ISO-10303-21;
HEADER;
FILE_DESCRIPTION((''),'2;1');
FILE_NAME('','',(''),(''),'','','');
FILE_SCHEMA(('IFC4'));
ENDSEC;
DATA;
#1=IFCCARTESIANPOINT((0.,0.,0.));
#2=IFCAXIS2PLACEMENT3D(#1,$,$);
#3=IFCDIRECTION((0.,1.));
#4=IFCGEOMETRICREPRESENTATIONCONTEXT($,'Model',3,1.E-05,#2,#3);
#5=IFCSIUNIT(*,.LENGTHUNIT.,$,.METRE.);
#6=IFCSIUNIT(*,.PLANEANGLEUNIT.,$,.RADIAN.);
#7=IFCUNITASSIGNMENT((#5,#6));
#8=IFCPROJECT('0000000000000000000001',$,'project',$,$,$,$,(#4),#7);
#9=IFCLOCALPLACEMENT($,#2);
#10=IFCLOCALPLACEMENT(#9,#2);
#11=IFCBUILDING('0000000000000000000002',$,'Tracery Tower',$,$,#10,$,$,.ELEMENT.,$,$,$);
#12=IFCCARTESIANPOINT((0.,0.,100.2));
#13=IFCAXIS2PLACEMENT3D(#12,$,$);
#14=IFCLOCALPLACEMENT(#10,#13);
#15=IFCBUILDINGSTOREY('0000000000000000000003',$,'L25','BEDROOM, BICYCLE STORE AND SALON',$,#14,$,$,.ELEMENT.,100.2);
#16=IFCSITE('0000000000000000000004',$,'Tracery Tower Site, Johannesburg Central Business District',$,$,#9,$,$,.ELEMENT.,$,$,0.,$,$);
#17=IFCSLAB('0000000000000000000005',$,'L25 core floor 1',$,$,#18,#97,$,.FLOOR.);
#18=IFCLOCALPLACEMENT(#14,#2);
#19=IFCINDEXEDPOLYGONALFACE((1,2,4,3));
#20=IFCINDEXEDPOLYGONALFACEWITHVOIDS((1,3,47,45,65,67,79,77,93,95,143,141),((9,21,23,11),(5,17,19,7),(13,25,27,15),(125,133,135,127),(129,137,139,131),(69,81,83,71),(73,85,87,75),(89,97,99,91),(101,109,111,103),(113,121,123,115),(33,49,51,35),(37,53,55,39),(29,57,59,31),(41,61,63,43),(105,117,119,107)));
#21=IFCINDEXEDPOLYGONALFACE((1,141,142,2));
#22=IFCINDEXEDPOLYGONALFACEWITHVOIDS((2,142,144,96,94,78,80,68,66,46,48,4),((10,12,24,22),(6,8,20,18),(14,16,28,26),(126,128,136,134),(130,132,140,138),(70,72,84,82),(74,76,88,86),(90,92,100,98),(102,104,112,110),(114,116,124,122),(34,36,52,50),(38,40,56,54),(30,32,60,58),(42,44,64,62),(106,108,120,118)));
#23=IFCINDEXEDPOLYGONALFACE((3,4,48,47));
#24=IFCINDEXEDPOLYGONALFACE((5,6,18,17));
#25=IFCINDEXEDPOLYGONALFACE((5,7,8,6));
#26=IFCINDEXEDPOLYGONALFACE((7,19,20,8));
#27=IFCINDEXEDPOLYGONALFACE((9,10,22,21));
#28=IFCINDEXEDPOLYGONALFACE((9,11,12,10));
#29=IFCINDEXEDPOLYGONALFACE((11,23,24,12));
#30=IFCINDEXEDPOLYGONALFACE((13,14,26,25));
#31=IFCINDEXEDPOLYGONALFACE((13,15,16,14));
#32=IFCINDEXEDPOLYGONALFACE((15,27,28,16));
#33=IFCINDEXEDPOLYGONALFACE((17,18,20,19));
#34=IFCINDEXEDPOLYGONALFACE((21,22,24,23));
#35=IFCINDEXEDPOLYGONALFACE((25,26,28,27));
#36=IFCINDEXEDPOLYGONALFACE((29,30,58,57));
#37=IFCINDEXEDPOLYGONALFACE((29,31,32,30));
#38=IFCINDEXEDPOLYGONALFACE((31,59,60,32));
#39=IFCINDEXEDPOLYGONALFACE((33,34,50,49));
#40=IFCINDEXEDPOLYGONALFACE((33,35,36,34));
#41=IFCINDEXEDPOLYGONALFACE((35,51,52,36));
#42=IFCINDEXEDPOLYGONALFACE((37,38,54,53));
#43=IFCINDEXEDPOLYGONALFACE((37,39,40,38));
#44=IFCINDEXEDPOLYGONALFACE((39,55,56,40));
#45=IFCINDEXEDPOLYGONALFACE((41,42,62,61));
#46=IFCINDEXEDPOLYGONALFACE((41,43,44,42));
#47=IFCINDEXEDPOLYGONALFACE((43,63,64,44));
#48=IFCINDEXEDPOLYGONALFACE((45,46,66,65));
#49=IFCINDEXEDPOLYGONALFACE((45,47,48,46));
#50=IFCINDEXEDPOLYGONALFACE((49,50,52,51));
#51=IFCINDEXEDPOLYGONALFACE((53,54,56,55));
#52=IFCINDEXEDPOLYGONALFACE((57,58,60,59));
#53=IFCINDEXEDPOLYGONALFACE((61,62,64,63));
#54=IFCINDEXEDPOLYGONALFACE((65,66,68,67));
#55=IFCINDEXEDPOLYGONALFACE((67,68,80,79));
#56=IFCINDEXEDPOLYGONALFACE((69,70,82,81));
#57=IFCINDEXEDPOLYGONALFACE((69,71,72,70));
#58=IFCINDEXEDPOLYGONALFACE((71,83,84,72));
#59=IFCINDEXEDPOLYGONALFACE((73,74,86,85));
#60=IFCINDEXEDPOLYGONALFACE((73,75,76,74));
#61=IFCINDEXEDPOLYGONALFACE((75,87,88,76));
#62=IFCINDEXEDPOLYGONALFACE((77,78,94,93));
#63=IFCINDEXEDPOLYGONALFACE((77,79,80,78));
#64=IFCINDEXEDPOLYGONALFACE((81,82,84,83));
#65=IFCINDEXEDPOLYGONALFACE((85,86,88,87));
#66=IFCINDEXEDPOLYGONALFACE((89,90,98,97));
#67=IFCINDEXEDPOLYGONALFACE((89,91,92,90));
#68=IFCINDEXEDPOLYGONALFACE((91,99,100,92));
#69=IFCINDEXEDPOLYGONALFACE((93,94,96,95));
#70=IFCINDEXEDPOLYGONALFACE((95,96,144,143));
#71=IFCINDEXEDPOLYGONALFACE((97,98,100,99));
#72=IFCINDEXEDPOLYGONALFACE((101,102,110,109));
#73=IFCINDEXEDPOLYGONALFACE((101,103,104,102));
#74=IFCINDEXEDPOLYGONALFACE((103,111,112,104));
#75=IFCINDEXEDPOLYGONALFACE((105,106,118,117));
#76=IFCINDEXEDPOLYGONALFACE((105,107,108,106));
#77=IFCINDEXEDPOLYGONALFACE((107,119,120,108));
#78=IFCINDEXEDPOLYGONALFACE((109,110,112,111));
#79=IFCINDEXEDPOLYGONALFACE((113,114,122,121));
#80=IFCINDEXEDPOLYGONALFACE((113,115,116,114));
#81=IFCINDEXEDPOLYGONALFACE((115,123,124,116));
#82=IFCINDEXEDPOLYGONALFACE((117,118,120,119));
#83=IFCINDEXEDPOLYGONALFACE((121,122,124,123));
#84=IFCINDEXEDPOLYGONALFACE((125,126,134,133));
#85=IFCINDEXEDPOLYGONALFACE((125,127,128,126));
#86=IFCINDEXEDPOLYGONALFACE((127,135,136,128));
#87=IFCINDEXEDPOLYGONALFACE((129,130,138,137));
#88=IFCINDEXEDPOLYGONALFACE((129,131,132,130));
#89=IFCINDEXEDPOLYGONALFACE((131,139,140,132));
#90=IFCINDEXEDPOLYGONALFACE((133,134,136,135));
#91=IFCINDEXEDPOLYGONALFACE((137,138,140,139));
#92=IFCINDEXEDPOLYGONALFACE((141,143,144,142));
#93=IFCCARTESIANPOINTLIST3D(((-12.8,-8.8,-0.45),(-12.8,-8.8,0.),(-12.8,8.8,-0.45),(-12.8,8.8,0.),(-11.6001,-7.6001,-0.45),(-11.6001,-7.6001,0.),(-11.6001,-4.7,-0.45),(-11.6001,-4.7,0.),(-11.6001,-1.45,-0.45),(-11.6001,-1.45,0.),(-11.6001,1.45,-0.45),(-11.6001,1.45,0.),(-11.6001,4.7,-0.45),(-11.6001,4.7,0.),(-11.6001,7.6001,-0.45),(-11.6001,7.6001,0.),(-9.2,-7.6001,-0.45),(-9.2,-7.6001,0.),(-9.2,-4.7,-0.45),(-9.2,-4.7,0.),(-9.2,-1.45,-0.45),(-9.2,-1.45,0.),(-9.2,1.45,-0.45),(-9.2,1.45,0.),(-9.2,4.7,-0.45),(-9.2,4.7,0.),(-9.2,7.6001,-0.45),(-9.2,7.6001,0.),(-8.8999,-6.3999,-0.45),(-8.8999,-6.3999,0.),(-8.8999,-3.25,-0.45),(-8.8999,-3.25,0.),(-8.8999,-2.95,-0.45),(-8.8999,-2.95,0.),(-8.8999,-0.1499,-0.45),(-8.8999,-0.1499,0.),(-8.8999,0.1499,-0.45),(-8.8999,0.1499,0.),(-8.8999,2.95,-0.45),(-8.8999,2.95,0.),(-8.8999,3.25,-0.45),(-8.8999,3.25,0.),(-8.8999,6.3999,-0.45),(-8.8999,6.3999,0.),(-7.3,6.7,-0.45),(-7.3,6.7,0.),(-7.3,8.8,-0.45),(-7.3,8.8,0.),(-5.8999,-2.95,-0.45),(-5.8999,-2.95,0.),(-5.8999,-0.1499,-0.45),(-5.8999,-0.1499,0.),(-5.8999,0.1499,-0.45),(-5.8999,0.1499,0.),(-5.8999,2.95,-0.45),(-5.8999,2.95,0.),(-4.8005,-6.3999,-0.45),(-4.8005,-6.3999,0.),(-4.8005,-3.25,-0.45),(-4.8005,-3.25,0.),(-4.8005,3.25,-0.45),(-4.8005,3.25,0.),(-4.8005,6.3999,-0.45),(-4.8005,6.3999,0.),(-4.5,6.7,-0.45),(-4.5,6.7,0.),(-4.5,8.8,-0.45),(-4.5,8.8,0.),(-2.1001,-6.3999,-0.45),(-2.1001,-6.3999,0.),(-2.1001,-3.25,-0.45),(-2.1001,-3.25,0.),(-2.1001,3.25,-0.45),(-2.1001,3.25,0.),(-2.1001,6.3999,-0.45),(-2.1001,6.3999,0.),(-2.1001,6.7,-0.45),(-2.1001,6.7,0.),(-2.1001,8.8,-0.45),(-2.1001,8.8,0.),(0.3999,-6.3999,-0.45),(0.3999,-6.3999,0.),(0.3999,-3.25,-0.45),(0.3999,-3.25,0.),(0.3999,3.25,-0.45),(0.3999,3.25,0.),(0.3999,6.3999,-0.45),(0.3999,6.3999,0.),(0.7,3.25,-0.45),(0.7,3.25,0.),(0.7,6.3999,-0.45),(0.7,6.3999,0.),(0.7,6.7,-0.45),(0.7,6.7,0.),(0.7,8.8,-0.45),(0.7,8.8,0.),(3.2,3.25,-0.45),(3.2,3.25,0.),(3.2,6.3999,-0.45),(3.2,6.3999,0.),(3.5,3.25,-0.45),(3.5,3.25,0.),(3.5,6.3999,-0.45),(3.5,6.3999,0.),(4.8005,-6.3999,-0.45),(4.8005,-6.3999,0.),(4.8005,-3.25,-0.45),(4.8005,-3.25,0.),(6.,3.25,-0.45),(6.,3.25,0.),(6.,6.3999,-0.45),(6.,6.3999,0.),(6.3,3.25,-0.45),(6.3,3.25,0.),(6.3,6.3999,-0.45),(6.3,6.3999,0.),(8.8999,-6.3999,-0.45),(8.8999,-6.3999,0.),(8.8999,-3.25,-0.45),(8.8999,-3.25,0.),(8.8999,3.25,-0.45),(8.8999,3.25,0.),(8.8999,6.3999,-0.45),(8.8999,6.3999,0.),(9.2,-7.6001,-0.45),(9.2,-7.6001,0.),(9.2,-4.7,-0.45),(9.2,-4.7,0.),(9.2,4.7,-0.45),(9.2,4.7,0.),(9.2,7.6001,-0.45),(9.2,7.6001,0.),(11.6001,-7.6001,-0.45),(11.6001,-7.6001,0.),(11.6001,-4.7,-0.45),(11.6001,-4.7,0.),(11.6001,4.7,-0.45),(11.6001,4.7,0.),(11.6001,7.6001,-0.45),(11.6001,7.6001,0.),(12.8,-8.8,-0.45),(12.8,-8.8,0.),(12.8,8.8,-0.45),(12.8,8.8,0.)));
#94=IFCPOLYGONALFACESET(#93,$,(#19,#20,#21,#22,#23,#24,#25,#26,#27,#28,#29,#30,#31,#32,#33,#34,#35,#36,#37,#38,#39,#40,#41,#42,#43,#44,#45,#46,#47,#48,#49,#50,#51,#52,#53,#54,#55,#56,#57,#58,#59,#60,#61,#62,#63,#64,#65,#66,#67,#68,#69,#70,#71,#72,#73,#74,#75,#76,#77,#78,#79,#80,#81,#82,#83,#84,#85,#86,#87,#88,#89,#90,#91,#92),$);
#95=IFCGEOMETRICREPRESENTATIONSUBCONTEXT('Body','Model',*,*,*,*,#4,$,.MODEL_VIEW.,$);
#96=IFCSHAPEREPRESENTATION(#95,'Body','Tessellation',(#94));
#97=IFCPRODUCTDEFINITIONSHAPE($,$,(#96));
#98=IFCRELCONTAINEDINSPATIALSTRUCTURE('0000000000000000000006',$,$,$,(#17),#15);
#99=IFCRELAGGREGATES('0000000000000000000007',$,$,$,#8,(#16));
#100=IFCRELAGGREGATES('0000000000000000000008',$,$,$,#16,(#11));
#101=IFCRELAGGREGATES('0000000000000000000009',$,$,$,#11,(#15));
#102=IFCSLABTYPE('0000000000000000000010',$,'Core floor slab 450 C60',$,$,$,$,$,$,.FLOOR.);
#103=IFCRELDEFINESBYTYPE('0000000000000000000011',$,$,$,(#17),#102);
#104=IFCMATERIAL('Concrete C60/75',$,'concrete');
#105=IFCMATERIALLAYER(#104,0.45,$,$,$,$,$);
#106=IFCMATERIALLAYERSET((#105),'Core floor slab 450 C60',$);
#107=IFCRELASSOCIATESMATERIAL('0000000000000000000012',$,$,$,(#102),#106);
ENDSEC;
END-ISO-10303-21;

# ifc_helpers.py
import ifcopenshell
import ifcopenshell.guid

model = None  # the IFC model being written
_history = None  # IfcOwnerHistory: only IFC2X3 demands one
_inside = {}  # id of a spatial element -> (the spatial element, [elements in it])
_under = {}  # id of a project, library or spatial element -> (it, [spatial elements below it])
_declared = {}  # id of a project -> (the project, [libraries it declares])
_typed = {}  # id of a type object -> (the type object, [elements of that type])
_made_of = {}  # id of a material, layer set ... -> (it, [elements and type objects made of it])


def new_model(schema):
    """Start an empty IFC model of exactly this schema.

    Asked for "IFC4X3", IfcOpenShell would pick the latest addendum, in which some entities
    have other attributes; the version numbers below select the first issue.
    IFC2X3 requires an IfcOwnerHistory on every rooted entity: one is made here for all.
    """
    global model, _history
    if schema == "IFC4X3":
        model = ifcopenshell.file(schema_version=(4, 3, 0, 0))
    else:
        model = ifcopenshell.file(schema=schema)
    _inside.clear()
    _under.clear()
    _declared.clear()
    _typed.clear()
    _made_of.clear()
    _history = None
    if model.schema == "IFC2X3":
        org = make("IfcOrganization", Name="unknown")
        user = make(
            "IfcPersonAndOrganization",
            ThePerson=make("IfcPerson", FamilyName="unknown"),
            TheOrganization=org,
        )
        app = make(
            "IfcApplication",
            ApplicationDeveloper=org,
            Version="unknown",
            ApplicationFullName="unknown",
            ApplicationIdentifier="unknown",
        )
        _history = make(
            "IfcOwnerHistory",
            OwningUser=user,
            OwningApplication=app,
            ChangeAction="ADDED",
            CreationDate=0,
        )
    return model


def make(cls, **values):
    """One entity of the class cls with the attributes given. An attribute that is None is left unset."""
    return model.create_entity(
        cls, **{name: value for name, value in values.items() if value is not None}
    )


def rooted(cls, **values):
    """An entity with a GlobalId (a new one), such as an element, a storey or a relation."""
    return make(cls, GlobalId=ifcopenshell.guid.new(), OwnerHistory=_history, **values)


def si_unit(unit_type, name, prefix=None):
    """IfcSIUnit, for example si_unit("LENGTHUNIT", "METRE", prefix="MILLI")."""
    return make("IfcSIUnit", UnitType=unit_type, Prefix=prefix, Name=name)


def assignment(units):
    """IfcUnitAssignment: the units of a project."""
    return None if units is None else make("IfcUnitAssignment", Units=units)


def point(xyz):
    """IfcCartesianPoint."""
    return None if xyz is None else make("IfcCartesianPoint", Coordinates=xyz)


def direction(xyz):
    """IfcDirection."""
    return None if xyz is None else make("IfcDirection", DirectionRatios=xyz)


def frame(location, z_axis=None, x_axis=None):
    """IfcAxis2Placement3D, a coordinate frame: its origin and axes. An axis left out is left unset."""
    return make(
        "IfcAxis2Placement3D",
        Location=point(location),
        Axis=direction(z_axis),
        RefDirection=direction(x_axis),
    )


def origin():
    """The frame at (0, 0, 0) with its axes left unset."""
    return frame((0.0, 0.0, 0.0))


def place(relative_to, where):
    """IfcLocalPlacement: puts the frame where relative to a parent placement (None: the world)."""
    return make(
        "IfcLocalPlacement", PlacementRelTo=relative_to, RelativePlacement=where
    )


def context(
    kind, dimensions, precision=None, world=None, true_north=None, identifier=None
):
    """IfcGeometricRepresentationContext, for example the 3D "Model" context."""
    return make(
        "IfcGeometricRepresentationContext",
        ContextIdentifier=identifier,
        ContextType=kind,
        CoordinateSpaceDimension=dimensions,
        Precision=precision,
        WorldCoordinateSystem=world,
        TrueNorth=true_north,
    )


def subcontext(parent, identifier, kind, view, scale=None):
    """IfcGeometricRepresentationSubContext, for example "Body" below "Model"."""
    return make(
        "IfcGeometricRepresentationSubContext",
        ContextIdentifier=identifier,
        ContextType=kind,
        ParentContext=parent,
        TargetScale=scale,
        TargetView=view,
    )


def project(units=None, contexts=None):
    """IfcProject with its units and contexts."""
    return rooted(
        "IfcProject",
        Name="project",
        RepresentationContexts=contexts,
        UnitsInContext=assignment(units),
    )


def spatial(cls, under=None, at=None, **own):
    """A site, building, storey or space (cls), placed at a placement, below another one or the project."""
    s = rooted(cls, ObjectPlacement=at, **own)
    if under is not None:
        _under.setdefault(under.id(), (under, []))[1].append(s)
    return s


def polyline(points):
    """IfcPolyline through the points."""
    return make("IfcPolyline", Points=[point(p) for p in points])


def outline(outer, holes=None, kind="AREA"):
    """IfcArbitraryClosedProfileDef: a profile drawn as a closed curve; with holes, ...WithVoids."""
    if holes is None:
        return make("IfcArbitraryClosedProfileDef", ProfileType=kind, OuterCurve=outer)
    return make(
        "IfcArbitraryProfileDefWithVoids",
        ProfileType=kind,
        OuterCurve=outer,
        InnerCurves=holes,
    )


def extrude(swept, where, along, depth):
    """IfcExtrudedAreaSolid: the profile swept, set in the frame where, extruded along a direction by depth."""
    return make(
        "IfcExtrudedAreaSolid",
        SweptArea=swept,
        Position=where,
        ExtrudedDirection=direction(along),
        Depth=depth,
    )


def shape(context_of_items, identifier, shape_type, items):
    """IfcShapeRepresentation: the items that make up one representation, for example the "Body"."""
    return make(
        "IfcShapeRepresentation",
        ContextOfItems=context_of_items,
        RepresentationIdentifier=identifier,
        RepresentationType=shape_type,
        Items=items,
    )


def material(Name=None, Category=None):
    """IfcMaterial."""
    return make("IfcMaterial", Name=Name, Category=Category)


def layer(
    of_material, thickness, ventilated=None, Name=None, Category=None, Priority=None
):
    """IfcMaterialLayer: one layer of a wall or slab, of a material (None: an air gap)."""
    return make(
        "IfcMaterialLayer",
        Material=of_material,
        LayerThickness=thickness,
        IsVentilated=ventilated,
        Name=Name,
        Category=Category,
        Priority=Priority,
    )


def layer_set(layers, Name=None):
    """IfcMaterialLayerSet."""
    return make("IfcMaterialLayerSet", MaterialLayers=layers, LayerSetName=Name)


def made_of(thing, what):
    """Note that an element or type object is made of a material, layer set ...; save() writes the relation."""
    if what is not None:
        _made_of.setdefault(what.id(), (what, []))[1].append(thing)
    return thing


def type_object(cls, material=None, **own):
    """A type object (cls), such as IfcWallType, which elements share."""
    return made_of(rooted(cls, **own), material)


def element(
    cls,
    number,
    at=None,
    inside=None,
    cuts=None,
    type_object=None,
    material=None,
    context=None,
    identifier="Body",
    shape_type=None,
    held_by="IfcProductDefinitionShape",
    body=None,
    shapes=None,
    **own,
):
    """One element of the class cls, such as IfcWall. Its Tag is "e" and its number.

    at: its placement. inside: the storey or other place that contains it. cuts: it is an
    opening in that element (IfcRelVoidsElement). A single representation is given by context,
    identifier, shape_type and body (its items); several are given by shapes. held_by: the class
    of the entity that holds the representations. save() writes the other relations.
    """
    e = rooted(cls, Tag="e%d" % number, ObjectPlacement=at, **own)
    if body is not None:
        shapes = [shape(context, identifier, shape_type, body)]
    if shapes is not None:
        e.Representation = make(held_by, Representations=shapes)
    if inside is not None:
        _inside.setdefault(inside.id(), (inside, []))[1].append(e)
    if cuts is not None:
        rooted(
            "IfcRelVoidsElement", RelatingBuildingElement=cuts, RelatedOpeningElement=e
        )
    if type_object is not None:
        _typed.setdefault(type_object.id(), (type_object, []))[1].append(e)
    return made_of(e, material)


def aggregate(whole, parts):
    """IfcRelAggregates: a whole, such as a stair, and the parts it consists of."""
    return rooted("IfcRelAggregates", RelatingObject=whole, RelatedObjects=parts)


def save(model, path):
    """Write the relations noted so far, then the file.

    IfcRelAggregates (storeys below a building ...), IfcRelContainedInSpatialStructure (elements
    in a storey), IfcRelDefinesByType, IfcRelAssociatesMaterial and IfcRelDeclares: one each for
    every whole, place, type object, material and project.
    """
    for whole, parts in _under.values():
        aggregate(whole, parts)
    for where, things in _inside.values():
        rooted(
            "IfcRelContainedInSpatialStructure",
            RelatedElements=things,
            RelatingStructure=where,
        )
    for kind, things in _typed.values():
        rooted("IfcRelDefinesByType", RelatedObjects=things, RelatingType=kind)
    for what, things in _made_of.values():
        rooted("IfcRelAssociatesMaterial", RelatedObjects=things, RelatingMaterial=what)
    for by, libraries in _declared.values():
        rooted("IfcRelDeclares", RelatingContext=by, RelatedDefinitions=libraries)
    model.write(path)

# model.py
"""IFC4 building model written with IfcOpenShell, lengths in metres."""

from ifc_helpers import new_model, si_unit, direction, frame, origin, place, context, subcontext, project, spatial, polyline, outline, extrude, material, layer, layer_set, type_object, element, save


model = new_model("IFC4")

# Units and contexts
model_context = context("Model", 3, precision=1e-05, world=origin(), true_north=direction((0.0, 1.0)))
body_context = subcontext(model_context, "Body", "Model", "MODEL_VIEW")
ifc_project = project(units=[si_unit("LENGTHUNIT", "METRE"), si_unit("PLANEANGLEUNIT", "RADIAN")], contexts=[model_context])

# Site, building, storey
site_placement = place(None, origin())
site = spatial("IfcSite", under=ifc_project, at=site_placement, Name="Tracery Tower Site, Johannesburg Central Business District", CompositionType="ELEMENT", RefElevation=0.0)
building_placement = place(site_placement, origin())
building = spatial("IfcBuilding", under=site, at=building_placement, Name="Tracery Tower", CompositionType="ELEMENT")
storey_placement = place(building_placement, frame((0.0, 0.0, 100.2)))
storey = spatial("IfcBuildingStorey", under=building, at=storey_placement, Name="L25", Description="BEDROOM, BICYCLE STORE AND SALON", CompositionType="ELEMENT", Elevation=100.2)

# Slab
ifc_material_1 = material(Name="Concrete C60/75", Category="concrete")
ifc_layer_1 = layer(ifc_material_1, 0.45)
ifc_layer_set_1 = layer_set([ifc_layer_1], Name="Core floor slab 450 C60")
slab_type_1 = type_object("IfcSlabType", Name="Core floor slab 450 C60", PredefinedType="FLOOR", material=ifc_layer_set_1)
slab_1_placement = place(storey_placement, frame((0.0, 0.0, -0.45)))
element("IfcSlab", 1, at=slab_1_placement, inside=storey, type_object=slab_type_1, Name="L25 core floor 1", PredefinedType="FLOOR", context=body_context, shape_type="SweptSolid", body=[
    extrude(outline(polyline([(-12.8, 8.8), (-7.3, 8.8), (-7.3, 6.7), (-4.5, 6.7), (-4.5, 8.8), (-2.1001, 8.8), (-2.1001, 6.7), (0.7, 6.7), (0.7, 8.8), (12.8, 8.8), (12.8, -8.8), (-12.8, -8.8), (-12.8, 8.8)]), holes=[polyline([(11.6001, -7.6001), (11.6001, -4.7), (9.2, -4.7), (9.2, -7.6001), (11.6001, -7.6001)]), polyline([(11.6001, 4.7), (11.6001, 7.6001), (9.2, 7.6001), (9.2, 4.7), (11.6001, 4.7)]), polyline([(4.8005, -3.25), (4.8005, -6.3999), (8.8999, -6.3999), (8.8999, -3.25), (4.8005, -3.25)]), polyline([(6.3, 3.25), (8.8999, 3.25), (8.8999, 6.3999), (6.3, 6.3999), (6.3, 3.25)]), polyline([(3.5, 3.25), (6.0, 3.25), (6.0, 6.3999), (3.5, 6.3999), (3.5, 3.25)]), polyline([(3.2, 3.25), (3.2, 6.3999), (0.7, 6.3999), (0.7, 3.25), (3.2, 3.25)]), polyline([(-2.1001, 3.25), (0.3999, 3.25), (0.3999, 6.3999), (-2.1001, 6.3999), (-2.1001, 3.25)]), polyline([(0.3999, -6.3999), (0.3999, -3.25), (-2.1001, -3.25), (-2.1001, -6.3999), (0.3999, -6.3999)]), polyline([(-4.8005, -3.25), (-8.8999, -3.25), (-8.8999, -6.3999), (-4.8005, -6.3999), (-4.8005, -3.25)]), polyline([(-4.8005, 6.3999), (-8.8999, 6.3999), (-8.8999, 3.25), (-4.8005, 3.25), (-4.8005, 6.3999)]), polyline([(-8.8999, -2.95), (-5.8999, -2.95), (-5.8999, -0.1499), (-8.8999, -0.1499), (-8.8999, -2.95)]), polyline([(-5.8999, 0.1499), (-5.8999, 2.95), (-8.8999, 2.95), (-8.8999, 0.1499), (-5.8999, 0.1499)]), polyline([(-11.6001, 4.7), (-9.2, 4.7), (-9.2, 7.6001), (-11.6001, 7.6001), (-11.6001, 4.7)]), polyline([(-9.2, -7.6001), (-9.2, -4.7), (-11.6001, -4.7), (-11.6001, -7.6001), (-9.2, -7.6001)]), polyline([(-9.2, -1.45), (-9.2, 1.45), (-11.6001, 1.45), (-11.6001, -1.45), (-9.2, -1.45)])]), origin(), (0.0, 0.0, 1.0), 0.45),
])

save(model, "model.ifc")
